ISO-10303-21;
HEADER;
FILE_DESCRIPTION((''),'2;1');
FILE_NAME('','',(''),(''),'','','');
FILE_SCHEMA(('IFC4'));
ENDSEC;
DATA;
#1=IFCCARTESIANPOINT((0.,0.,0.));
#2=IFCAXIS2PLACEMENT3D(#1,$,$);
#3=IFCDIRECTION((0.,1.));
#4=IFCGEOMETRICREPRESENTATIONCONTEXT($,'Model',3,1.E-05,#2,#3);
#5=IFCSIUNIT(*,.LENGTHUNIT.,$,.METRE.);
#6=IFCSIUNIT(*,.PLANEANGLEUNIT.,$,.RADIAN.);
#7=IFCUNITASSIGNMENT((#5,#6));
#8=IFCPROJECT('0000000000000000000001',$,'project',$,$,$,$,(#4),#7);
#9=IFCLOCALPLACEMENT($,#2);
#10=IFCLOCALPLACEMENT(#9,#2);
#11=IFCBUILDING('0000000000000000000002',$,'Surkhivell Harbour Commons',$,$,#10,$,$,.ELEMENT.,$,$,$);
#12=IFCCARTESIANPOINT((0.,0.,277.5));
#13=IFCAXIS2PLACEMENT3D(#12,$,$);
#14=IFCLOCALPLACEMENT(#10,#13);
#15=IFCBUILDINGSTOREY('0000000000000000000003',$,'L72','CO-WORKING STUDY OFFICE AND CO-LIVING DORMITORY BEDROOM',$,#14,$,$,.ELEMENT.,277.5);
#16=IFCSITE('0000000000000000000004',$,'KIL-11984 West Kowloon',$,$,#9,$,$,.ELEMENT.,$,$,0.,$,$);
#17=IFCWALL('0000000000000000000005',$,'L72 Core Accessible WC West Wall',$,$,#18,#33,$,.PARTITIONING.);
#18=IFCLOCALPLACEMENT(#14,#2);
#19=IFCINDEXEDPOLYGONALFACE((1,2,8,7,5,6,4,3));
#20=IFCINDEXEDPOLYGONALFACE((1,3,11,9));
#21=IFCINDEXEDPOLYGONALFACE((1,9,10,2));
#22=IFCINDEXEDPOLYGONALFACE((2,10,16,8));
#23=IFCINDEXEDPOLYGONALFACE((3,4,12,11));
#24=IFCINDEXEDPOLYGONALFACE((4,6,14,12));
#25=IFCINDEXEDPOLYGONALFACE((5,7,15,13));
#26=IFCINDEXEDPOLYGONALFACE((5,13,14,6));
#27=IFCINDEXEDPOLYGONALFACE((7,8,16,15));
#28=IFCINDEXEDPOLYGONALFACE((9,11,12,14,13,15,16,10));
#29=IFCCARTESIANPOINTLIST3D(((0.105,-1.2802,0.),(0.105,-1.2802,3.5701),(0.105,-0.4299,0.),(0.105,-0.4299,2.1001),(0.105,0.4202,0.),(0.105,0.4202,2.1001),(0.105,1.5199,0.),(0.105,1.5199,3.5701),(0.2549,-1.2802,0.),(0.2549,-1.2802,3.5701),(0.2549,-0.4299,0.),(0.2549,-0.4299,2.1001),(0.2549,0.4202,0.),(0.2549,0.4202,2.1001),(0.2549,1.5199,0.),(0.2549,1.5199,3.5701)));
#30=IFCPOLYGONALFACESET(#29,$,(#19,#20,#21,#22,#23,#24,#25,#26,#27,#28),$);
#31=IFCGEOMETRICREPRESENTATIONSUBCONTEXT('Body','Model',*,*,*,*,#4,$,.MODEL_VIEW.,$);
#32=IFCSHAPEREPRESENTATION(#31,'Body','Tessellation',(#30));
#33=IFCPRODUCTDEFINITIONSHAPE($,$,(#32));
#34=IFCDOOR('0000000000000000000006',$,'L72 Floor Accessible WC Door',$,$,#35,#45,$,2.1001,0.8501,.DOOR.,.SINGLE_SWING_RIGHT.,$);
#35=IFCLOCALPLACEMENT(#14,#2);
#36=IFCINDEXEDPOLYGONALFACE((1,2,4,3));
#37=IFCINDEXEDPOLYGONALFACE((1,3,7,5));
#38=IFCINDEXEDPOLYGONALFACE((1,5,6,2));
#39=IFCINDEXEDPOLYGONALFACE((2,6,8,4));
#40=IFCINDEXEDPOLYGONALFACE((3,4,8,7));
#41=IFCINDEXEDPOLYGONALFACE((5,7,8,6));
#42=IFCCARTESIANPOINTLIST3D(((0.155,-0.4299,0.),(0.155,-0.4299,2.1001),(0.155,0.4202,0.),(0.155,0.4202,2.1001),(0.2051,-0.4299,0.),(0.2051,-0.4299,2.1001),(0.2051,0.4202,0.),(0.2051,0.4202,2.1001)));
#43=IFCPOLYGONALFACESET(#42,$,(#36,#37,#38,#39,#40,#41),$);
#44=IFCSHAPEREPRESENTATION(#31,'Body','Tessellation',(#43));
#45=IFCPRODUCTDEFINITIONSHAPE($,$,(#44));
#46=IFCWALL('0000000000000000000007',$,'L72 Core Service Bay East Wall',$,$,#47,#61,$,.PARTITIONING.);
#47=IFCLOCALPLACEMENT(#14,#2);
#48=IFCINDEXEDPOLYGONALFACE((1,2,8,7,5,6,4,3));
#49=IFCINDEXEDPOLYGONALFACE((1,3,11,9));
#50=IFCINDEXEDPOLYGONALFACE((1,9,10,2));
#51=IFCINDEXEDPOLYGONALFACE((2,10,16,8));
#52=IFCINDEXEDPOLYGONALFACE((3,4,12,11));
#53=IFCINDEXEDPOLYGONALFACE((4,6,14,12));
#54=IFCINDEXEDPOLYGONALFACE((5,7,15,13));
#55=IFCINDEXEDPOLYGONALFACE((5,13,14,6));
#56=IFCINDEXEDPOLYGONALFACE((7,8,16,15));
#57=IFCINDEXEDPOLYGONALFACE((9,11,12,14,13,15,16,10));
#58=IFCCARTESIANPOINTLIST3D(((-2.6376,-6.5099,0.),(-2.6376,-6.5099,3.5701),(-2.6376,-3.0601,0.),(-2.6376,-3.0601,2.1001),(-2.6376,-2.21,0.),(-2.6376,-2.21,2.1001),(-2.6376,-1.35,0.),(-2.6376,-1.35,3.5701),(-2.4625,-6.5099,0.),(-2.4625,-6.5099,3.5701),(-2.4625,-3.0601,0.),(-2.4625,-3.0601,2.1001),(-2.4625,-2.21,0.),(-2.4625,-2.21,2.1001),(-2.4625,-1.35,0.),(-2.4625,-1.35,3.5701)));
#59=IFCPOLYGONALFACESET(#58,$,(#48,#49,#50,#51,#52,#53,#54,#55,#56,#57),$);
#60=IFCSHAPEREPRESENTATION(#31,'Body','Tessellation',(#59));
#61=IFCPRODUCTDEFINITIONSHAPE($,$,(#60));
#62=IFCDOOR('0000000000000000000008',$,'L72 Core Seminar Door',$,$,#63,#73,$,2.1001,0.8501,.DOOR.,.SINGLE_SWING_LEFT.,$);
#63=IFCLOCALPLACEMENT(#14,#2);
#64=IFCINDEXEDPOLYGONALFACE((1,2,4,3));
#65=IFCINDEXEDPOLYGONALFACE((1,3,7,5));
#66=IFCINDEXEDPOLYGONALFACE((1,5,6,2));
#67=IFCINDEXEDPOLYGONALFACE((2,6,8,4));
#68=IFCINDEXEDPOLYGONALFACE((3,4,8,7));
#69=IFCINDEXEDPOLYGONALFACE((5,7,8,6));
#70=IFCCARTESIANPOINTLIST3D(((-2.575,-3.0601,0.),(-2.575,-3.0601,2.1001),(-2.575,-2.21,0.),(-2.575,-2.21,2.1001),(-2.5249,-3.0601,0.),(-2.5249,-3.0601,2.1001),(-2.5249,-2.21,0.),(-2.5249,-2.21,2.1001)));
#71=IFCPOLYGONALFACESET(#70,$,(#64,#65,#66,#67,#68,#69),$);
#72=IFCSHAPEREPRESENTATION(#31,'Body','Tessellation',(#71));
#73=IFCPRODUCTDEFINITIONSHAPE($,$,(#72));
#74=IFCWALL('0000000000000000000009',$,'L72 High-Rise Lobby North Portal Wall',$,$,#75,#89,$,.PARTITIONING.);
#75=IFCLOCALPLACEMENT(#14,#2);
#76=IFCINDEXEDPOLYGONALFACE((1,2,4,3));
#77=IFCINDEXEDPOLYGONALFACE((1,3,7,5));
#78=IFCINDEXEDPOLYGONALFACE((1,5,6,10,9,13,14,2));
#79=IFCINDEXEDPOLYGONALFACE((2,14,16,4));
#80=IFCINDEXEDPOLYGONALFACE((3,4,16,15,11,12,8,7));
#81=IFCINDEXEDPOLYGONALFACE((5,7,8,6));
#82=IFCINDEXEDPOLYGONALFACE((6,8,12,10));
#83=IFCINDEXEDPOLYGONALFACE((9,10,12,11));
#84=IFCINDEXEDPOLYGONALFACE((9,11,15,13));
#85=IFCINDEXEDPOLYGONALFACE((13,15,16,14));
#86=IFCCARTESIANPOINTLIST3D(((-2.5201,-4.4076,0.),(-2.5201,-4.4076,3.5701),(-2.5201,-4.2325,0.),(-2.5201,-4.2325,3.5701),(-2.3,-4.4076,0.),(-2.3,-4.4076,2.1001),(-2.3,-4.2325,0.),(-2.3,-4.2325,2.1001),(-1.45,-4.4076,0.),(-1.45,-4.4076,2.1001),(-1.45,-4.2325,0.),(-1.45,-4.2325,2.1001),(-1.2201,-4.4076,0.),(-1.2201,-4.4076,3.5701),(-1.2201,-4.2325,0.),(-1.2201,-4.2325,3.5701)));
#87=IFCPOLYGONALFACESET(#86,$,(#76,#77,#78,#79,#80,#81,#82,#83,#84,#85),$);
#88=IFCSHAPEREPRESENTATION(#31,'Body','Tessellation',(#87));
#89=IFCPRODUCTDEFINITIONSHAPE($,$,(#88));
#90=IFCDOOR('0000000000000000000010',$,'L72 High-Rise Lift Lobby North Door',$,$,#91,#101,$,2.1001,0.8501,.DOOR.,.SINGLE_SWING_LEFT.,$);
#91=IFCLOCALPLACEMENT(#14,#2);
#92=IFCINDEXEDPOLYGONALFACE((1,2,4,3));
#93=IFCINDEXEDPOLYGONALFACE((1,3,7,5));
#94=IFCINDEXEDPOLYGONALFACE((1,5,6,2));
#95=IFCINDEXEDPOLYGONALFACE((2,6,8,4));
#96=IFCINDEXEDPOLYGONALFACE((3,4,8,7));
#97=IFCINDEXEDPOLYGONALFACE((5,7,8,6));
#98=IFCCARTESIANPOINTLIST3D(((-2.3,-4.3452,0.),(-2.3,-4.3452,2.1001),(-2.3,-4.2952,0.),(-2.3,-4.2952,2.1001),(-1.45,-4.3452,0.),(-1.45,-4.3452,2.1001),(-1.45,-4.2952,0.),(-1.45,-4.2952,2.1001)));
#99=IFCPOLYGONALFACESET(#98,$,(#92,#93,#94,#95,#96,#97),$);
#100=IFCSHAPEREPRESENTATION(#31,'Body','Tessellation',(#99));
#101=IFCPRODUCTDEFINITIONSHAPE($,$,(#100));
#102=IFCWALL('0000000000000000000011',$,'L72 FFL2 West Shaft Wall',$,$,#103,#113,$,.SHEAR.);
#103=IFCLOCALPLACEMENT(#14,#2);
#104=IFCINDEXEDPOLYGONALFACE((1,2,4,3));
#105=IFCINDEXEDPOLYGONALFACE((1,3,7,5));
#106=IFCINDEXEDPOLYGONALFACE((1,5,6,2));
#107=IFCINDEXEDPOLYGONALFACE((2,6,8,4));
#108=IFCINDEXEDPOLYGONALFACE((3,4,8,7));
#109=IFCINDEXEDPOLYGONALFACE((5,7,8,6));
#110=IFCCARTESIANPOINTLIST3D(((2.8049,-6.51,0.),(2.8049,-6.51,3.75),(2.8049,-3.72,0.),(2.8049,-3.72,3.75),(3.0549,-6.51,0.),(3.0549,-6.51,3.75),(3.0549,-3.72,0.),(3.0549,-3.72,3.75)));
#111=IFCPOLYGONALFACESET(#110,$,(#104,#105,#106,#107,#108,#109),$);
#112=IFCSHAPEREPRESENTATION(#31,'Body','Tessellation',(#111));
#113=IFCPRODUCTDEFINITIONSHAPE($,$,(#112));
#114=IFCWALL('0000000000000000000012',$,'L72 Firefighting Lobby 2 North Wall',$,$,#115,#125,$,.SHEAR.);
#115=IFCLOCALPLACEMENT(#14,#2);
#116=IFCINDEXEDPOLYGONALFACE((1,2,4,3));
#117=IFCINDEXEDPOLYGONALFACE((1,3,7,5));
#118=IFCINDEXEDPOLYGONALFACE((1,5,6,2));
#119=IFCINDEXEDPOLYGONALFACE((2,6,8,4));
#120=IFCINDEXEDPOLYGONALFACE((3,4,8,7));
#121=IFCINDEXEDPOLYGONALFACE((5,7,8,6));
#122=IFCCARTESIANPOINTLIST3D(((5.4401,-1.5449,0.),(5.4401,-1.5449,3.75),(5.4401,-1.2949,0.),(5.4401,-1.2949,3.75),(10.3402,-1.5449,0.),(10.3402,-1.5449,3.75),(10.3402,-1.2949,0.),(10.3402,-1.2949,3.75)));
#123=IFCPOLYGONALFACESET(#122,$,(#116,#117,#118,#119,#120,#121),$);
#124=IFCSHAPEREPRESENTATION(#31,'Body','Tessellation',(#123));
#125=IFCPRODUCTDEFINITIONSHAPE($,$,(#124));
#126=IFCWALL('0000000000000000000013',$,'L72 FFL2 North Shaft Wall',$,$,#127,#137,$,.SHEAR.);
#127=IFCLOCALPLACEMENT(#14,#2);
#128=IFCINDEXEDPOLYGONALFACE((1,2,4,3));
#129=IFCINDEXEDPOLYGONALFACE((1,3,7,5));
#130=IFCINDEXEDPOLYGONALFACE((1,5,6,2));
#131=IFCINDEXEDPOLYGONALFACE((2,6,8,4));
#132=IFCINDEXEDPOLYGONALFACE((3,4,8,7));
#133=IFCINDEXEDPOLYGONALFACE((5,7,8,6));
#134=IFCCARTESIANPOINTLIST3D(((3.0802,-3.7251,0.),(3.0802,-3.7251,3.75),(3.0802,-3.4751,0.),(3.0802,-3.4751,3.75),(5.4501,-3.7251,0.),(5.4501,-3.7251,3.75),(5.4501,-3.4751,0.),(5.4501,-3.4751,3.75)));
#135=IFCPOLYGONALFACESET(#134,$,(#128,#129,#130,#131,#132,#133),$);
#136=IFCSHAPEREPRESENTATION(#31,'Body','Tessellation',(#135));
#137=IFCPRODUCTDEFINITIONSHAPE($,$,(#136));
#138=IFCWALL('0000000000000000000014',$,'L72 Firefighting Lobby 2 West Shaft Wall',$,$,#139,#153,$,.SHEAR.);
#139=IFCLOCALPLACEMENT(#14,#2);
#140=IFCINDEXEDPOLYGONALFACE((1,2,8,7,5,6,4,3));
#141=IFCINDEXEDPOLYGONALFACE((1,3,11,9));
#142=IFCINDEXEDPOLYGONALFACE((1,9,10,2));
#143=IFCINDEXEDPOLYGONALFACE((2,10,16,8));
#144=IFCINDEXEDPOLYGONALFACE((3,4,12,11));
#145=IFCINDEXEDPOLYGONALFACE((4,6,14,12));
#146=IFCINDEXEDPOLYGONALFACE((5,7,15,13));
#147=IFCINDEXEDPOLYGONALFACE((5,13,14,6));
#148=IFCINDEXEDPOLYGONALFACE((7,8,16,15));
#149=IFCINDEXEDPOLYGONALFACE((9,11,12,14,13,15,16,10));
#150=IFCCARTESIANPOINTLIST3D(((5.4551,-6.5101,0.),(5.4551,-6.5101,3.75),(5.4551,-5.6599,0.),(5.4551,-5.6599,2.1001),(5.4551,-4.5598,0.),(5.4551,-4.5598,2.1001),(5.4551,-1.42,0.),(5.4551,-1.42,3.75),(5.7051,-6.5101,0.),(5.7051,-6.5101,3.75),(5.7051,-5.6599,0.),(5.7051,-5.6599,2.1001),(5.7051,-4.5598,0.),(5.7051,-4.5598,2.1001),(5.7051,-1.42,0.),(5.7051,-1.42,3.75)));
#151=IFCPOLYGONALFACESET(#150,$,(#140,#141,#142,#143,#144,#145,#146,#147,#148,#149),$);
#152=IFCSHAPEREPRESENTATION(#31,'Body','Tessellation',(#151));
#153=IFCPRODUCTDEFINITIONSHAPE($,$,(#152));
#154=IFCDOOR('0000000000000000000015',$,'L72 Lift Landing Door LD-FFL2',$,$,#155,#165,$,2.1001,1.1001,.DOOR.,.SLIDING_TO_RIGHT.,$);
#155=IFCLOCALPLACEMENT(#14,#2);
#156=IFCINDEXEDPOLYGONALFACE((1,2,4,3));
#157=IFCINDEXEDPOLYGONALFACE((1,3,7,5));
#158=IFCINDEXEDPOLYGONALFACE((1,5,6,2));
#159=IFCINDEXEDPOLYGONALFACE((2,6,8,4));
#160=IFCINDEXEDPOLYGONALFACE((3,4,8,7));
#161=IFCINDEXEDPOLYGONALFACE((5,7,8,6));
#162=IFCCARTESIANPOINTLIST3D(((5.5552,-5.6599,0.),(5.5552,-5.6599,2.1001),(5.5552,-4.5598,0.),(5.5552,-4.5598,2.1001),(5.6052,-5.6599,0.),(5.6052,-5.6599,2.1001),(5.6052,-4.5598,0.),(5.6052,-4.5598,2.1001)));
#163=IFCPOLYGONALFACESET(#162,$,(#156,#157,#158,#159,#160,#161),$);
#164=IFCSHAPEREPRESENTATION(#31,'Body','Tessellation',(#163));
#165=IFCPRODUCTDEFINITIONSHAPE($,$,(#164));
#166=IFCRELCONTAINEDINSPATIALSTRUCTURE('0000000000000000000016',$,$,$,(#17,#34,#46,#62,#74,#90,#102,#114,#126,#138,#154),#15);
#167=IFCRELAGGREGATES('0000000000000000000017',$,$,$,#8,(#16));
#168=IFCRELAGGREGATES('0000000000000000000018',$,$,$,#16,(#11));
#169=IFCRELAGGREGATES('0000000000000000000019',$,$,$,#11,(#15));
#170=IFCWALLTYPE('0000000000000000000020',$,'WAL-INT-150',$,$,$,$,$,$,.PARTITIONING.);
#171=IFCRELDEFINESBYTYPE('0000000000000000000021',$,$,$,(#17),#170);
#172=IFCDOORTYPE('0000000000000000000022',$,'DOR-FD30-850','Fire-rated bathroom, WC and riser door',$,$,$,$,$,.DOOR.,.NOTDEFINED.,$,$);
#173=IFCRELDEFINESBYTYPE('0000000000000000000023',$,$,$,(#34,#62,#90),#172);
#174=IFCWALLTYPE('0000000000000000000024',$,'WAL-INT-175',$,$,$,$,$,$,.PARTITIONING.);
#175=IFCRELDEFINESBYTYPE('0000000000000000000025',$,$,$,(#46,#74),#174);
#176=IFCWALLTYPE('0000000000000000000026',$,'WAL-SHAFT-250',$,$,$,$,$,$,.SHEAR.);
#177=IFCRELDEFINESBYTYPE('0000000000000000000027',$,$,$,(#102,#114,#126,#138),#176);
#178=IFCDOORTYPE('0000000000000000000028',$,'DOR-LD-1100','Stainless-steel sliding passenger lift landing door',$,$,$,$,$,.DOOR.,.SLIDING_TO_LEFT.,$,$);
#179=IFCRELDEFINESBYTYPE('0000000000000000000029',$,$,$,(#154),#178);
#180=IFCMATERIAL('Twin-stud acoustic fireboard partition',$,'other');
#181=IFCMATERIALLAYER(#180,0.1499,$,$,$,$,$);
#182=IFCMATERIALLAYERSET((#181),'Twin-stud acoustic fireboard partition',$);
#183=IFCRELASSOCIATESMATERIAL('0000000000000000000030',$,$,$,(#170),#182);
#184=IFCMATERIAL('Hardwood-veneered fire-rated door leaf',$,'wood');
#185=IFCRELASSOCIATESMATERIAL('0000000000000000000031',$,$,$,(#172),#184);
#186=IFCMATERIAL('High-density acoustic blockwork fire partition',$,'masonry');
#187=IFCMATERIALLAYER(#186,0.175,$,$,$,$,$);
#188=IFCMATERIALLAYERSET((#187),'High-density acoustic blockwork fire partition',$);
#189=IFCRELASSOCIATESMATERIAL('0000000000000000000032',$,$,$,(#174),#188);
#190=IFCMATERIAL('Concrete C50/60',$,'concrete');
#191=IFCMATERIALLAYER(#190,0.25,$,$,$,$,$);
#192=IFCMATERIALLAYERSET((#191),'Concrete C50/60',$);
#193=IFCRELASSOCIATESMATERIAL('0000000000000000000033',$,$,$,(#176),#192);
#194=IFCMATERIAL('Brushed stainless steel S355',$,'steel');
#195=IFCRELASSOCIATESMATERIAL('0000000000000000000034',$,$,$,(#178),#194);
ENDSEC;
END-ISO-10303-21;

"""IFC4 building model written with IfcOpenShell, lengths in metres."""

from ifc_helpers import new_model, si_unit, direction, frame, frame_2d, origin, place, context, subcontext, project, spatial, rectangle, extrude, material, layer, layer_set, type_object, element, fill, save


model = new_model("IFC4")

# Units and contexts
model_context = context("Model", 3, precision=1e-05, world=origin(), true_north=direction((0.0, 1.0)))
body_context = subcontext(model_context, "Body", "Model", "MODEL_VIEW")
ifc_project = project(units=[si_unit("LENGTHUNIT", "METRE"), si_unit("PLANEANGLEUNIT", "RADIAN")], contexts=[model_context])

# Site, building, storey
site_placement = place(None, origin())
site = spatial("IfcSite", under=ifc_project, at=site_placement, Name="KIL-11984 West Kowloon", CompositionType="ELEMENT", RefElevation=0.0)
building_placement = place(site_placement, origin())
building = spatial("IfcBuilding", under=site, at=building_placement, Name="Surkhivell Harbour Commons", CompositionType="ELEMENT")
storey_placement = place(building_placement, frame((0.0, 0.0, 277.5)))
storey = spatial("IfcBuildingStorey", under=building, at=storey_placement, Name="L72", Description="CO-WORKING STUDY OFFICE AND CO-LIVING DORMITORY BEDROOM", CompositionType="ELEMENT", Elevation=277.5)

# Shared definitions
ifc_material_1 = material(Name="Twin-stud acoustic fireboard partition", Category="other")
ifc_layer_1 = layer(ifc_material_1, 0.1499)
ifc_layer_set_1 = layer_set([ifc_layer_1], Name="Twin-stud acoustic fireboard partition")
wall_type_1 = type_object("IfcWallType", Name="WAL-INT-150", PredefinedType="PARTITIONING", material=ifc_layer_set_1)

# Walls, openings, doors
wall_1_placement = place(storey_placement, frame((0.1799, -1.28, 0.0), z_axis=(0.0, 0.0, 1.0), x_axis=(0.0, 1.0, 0.0)))
wall_1 = element("IfcWall", 1, at=wall_1_placement, inside=storey, type_object=wall_type_1, Name="L72 Core Accessible WC West Wall", PredefinedType="PARTITIONING", context=body_context, shape_type="SweptSolid", body=[
    extrude(rectangle(XDim=2.8, YDim=0.1499, at=frame_2d((1.3999, 0.0))), origin(), (0.0, 0.0, 1.0), 3.5701),
])
opening_1_placement = place(wall_1_placement, frame((0.8501, 0.0, 0.0)))
opening_1 = element("IfcOpeningElement", 2, at=opening_1_placement, cuts=wall_1, PredefinedType="OPENING", context=body_context, shape_type="SweptSolid", body=[
    extrude(rectangle(XDim=0.8501, YDim=2.1001, at=frame_2d((0.425, 1.05))), frame((0.0, 0.085, 0.0), z_axis=(0.0, -1.0, 0.0), x_axis=(1.0, 0.0, 0.0)), (0.0, 0.0, 1.0), 0.1699),
])
ifc_material_2 = material(Name="Hardwood-veneered fire-rated door leaf", Category="wood")
door_type_1 = type_object("IfcDoorType", Name="DOR-FD30-850", Description="Fire-rated bathroom, WC and riser door", OperationType="NOTDEFINED", PredefinedType="DOOR", material=ifc_material_2)
door_1_placement = place(opening_1_placement, origin())
door_1 = element("IfcDoor", 3, at=door_1_placement, inside=storey, type_object=door_type_1, Name="L72 Floor Accessible WC Door", OperationType="SINGLE_SWING_RIGHT", OverallHeight=2.1001, OverallWidth=0.8501, PredefinedType="DOOR", context=body_context, shape_type="SweptSolid", body=[
    extrude(rectangle(XDim=0.8501, YDim=2.1001, at=frame_2d((0.425, 1.05))), frame((0.0, 0.0249, 0.0), z_axis=(0.0, -1.0, 0.0), x_axis=(1.0, 0.0, 0.0)), (0.0, 0.0, 1.0), 0.05),
])
fill(opening_1, door_1)
ifc_material_3 = material(Name="High-density acoustic blockwork fire partition", Category="masonry")
ifc_layer_2 = layer(ifc_material_3, 0.175)
ifc_layer_set_2 = layer_set([ifc_layer_2], Name="High-density acoustic blockwork fire partition")
wall_type_2 = type_object("IfcWallType", Name="WAL-INT-175", PredefinedType="PARTITIONING", material=ifc_layer_set_2)
wall_2_placement = place(storey_placement, frame((-2.55, -6.51, 0.0), z_axis=(0.0, 0.0, 1.0), x_axis=(0.0, 1.0, 0.0)))
wall_2 = element("IfcWall", 4, at=wall_2_placement, inside=storey, type_object=wall_type_2, Name="L72 Core Service Bay East Wall", PredefinedType="PARTITIONING", context=body_context, shape_type="SweptSolid", body=[
    extrude(rectangle(XDim=5.1599, YDim=0.175, at=frame_2d((2.5801, 0.0))), origin(), (0.0, 0.0, 1.0), 3.5701),
])
opening_2_placement = place(wall_2_placement, frame((3.45, 0.0, 0.0)))
opening_2 = element("IfcOpeningElement", 5, at=opening_2_placement, cuts=wall_2, PredefinedType="OPENING", context=body_context, shape_type="SweptSolid", body=[
    extrude(rectangle(XDim=0.8501, YDim=2.1001, at=frame_2d((0.425, 1.05))), frame((0.0, 0.0974, 0.0), z_axis=(0.0, -1.0, 0.0), x_axis=(1.0, 0.0, 0.0)), (0.0, 0.0, 1.0), 0.1951),
])
door_2_placement = place(opening_2_placement, origin())
door_2 = element("IfcDoor", 6, at=door_2_placement, inside=storey, type_object=door_type_1, Name="L72 Core Seminar Door", OperationType="SINGLE_SWING_LEFT", OverallHeight=2.1001, OverallWidth=0.8501, PredefinedType="DOOR", context=body_context, shape_type="SweptSolid", body=[
    extrude(rectangle(XDim=0.8501, YDim=2.1001, at=frame_2d((0.425, 1.05))), frame((0.0, 0.0249, 0.0), z_axis=(0.0, -1.0, 0.0), x_axis=(1.0, 0.0, 0.0)), (0.0, 0.0, 1.0), 0.05),
])
fill(opening_2, door_2)
wall_3_placement = place(storey_placement, frame((-2.52, -4.3201, 0.0), z_axis=(0.0, 0.0, 1.0), x_axis=(1.0, 0.0, 0.0)))
wall_3 = element("IfcWall", 7, at=wall_3_placement, inside=storey, type_object=wall_type_2, Name="L72 High-Rise Lobby North Portal Wall", PredefinedType="PARTITIONING", context=body_context, shape_type="SweptSolid", body=[
    extrude(rectangle(XDim=1.3, YDim=0.175, at=frame_2d((0.6499, 0.0))), origin(), (0.0, 0.0, 1.0), 3.5701),
])
opening_3_placement = place(wall_3_placement, frame((0.22, 0.0, 0.0)))
opening_3 = element("IfcOpeningElement", 8, at=opening_3_placement, cuts=wall_3, PredefinedType="OPENING", context=body_context, shape_type="SweptSolid", body=[
    extrude(rectangle(XDim=0.8501, YDim=2.1001, at=frame_2d((0.425, 1.05))), frame((0.0, 0.0974, 0.0), z_axis=(0.0, -1.0, 0.0), x_axis=(1.0, 0.0, 0.0)), (0.0, 0.0, 1.0), 0.1951),
])
door_3_placement = place(opening_3_placement, origin())
door_3 = element("IfcDoor", 9, at=door_3_placement, inside=storey, type_object=door_type_1, Name="L72 High-Rise Lift Lobby North Door", OperationType="SINGLE_SWING_LEFT", OverallHeight=2.1001, OverallWidth=0.8501, PredefinedType="DOOR", context=body_context, shape_type="SweptSolid", body=[
    extrude(rectangle(XDim=0.8501, YDim=2.1001, at=frame_2d((0.425, 1.05))), frame((0.0, 0.0249, 0.0), z_axis=(0.0, -1.0, 0.0), x_axis=(1.0, 0.0, 0.0)), (0.0, 0.0, 1.0), 0.05),
])
fill(opening_3, door_3)

# Walls
ifc_material_4 = material(Name="Concrete C50/60", Category="concrete")
ifc_layer_3 = layer(ifc_material_4, 0.25)
ifc_layer_set_3 = layer_set([ifc_layer_3], Name="Concrete C50/60")
wall_type_3 = type_object("IfcWallType", Name="WAL-SHAFT-250", PredefinedType="SHEAR", material=ifc_layer_set_3)
wall_4_placement = place(storey_placement, frame((2.9299, -6.51, 0.0), z_axis=(0.0, 0.0, 1.0), x_axis=(0.0, 1.0, 0.0)))
element("IfcWall", 10, at=wall_4_placement, inside=storey, type_object=wall_type_3, Name="L72 FFL2 West Shaft Wall", PredefinedType="SHEAR", context=body_context, shape_type="SweptSolid", body=[
    extrude(rectangle(XDim=2.79, YDim=0.25, at=frame_2d((1.395, 0.0))), origin(), (0.0, 0.0, 1.0), 3.75),
])
wall_5_placement = place(storey_placement, frame((5.4399, -1.4199, 0.0), z_axis=(0.0, 0.0, 1.0), x_axis=(1.0, 0.0, 0.0)))
element("IfcWall", 11, at=wall_5_placement, inside=storey, type_object=wall_type_3, Name="L72 Firefighting Lobby 2 North Wall", PredefinedType="SHEAR", context=body_context, shape_type="SweptSolid", body=[
    extrude(rectangle(XDim=4.9001, YDim=0.25, at=frame_2d((2.4502, 0.0))), origin(), (0.0, 0.0, 1.0), 3.75),
])
wall_6_placement = place(storey_placement, frame((3.0801, -3.6001, 0.0), z_axis=(0.0, 0.0, 1.0), x_axis=(1.0, 0.0, 0.0)))
element("IfcWall", 12, at=wall_6_placement, inside=storey, type_object=wall_type_3, Name="L72 FFL2 North Shaft Wall", PredefinedType="SHEAR", context=body_context, shape_type="SweptSolid", body=[
    extrude(rectangle(XDim=2.3699, YDim=0.25, at=frame_2d((1.1851, 0.0))), origin(), (0.0, 0.0, 1.0), 3.75),
])

# Wall, opening, door
wall_7_placement = place(storey_placement, frame((5.5801, -6.51, 0.0), z_axis=(0.0, 0.0, 1.0), x_axis=(0.0, 1.0, 0.0)))
wall_7 = element("IfcWall", 13, at=wall_7_placement, inside=storey, type_object=wall_type_3, Name="L72 Firefighting Lobby 2 West Shaft Wall", PredefinedType="SHEAR", context=body_context, shape_type="SweptSolid", body=[
    extrude(rectangle(XDim=5.0901, YDim=0.25, at=frame_2d((2.5449, 0.0))), origin(), (0.0, 0.0, 1.0), 3.75),
])
opening_4_placement = place(wall_7_placement, frame((0.8501, 0.0, 0.0)))
opening_4 = element("IfcOpeningElement", 14, at=opening_4_placement, cuts=wall_7, PredefinedType="OPENING", context=body_context, shape_type="SweptSolid", body=[
    extrude(rectangle(XDim=1.1001, YDim=2.1001, at=frame_2d((0.55, 1.05))), frame((0.0, 0.135, 0.0), z_axis=(0.0, -1.0, 0.0), x_axis=(1.0, 0.0, 0.0)), (0.0, 0.0, 1.0), 0.27),
])
ifc_material_5 = material(Name="Brushed stainless steel S355", Category="steel")
door_type_2 = type_object("IfcDoorType", Name="DOR-LD-1100", Description="Stainless-steel sliding passenger lift landing door", OperationType="SLIDING_TO_LEFT", PredefinedType="DOOR", material=ifc_material_5)
door_4_placement = place(opening_4_placement, origin())
door_4 = element("IfcDoor", 15, at=door_4_placement, inside=storey, type_object=door_type_2, Name="L72 Lift Landing Door LD-FFL2", OperationType="SLIDING_TO_RIGHT", OverallHeight=2.1001, OverallWidth=1.1001, PredefinedType="DOOR", context=body_context, shape_type="SweptSolid", body=[
    extrude(rectangle(XDim=1.1001, YDim=2.1001, at=frame_2d((0.55, 1.05))), frame((0.0, 0.0249, 0.0), z_axis=(0.0, -1.0, 0.0), x_axis=(1.0, 0.0, 0.0)), (0.0, 0.0, 1.0), 0.05),
])
fill(opening_4, door_4)

save(model, "model.ifc")
